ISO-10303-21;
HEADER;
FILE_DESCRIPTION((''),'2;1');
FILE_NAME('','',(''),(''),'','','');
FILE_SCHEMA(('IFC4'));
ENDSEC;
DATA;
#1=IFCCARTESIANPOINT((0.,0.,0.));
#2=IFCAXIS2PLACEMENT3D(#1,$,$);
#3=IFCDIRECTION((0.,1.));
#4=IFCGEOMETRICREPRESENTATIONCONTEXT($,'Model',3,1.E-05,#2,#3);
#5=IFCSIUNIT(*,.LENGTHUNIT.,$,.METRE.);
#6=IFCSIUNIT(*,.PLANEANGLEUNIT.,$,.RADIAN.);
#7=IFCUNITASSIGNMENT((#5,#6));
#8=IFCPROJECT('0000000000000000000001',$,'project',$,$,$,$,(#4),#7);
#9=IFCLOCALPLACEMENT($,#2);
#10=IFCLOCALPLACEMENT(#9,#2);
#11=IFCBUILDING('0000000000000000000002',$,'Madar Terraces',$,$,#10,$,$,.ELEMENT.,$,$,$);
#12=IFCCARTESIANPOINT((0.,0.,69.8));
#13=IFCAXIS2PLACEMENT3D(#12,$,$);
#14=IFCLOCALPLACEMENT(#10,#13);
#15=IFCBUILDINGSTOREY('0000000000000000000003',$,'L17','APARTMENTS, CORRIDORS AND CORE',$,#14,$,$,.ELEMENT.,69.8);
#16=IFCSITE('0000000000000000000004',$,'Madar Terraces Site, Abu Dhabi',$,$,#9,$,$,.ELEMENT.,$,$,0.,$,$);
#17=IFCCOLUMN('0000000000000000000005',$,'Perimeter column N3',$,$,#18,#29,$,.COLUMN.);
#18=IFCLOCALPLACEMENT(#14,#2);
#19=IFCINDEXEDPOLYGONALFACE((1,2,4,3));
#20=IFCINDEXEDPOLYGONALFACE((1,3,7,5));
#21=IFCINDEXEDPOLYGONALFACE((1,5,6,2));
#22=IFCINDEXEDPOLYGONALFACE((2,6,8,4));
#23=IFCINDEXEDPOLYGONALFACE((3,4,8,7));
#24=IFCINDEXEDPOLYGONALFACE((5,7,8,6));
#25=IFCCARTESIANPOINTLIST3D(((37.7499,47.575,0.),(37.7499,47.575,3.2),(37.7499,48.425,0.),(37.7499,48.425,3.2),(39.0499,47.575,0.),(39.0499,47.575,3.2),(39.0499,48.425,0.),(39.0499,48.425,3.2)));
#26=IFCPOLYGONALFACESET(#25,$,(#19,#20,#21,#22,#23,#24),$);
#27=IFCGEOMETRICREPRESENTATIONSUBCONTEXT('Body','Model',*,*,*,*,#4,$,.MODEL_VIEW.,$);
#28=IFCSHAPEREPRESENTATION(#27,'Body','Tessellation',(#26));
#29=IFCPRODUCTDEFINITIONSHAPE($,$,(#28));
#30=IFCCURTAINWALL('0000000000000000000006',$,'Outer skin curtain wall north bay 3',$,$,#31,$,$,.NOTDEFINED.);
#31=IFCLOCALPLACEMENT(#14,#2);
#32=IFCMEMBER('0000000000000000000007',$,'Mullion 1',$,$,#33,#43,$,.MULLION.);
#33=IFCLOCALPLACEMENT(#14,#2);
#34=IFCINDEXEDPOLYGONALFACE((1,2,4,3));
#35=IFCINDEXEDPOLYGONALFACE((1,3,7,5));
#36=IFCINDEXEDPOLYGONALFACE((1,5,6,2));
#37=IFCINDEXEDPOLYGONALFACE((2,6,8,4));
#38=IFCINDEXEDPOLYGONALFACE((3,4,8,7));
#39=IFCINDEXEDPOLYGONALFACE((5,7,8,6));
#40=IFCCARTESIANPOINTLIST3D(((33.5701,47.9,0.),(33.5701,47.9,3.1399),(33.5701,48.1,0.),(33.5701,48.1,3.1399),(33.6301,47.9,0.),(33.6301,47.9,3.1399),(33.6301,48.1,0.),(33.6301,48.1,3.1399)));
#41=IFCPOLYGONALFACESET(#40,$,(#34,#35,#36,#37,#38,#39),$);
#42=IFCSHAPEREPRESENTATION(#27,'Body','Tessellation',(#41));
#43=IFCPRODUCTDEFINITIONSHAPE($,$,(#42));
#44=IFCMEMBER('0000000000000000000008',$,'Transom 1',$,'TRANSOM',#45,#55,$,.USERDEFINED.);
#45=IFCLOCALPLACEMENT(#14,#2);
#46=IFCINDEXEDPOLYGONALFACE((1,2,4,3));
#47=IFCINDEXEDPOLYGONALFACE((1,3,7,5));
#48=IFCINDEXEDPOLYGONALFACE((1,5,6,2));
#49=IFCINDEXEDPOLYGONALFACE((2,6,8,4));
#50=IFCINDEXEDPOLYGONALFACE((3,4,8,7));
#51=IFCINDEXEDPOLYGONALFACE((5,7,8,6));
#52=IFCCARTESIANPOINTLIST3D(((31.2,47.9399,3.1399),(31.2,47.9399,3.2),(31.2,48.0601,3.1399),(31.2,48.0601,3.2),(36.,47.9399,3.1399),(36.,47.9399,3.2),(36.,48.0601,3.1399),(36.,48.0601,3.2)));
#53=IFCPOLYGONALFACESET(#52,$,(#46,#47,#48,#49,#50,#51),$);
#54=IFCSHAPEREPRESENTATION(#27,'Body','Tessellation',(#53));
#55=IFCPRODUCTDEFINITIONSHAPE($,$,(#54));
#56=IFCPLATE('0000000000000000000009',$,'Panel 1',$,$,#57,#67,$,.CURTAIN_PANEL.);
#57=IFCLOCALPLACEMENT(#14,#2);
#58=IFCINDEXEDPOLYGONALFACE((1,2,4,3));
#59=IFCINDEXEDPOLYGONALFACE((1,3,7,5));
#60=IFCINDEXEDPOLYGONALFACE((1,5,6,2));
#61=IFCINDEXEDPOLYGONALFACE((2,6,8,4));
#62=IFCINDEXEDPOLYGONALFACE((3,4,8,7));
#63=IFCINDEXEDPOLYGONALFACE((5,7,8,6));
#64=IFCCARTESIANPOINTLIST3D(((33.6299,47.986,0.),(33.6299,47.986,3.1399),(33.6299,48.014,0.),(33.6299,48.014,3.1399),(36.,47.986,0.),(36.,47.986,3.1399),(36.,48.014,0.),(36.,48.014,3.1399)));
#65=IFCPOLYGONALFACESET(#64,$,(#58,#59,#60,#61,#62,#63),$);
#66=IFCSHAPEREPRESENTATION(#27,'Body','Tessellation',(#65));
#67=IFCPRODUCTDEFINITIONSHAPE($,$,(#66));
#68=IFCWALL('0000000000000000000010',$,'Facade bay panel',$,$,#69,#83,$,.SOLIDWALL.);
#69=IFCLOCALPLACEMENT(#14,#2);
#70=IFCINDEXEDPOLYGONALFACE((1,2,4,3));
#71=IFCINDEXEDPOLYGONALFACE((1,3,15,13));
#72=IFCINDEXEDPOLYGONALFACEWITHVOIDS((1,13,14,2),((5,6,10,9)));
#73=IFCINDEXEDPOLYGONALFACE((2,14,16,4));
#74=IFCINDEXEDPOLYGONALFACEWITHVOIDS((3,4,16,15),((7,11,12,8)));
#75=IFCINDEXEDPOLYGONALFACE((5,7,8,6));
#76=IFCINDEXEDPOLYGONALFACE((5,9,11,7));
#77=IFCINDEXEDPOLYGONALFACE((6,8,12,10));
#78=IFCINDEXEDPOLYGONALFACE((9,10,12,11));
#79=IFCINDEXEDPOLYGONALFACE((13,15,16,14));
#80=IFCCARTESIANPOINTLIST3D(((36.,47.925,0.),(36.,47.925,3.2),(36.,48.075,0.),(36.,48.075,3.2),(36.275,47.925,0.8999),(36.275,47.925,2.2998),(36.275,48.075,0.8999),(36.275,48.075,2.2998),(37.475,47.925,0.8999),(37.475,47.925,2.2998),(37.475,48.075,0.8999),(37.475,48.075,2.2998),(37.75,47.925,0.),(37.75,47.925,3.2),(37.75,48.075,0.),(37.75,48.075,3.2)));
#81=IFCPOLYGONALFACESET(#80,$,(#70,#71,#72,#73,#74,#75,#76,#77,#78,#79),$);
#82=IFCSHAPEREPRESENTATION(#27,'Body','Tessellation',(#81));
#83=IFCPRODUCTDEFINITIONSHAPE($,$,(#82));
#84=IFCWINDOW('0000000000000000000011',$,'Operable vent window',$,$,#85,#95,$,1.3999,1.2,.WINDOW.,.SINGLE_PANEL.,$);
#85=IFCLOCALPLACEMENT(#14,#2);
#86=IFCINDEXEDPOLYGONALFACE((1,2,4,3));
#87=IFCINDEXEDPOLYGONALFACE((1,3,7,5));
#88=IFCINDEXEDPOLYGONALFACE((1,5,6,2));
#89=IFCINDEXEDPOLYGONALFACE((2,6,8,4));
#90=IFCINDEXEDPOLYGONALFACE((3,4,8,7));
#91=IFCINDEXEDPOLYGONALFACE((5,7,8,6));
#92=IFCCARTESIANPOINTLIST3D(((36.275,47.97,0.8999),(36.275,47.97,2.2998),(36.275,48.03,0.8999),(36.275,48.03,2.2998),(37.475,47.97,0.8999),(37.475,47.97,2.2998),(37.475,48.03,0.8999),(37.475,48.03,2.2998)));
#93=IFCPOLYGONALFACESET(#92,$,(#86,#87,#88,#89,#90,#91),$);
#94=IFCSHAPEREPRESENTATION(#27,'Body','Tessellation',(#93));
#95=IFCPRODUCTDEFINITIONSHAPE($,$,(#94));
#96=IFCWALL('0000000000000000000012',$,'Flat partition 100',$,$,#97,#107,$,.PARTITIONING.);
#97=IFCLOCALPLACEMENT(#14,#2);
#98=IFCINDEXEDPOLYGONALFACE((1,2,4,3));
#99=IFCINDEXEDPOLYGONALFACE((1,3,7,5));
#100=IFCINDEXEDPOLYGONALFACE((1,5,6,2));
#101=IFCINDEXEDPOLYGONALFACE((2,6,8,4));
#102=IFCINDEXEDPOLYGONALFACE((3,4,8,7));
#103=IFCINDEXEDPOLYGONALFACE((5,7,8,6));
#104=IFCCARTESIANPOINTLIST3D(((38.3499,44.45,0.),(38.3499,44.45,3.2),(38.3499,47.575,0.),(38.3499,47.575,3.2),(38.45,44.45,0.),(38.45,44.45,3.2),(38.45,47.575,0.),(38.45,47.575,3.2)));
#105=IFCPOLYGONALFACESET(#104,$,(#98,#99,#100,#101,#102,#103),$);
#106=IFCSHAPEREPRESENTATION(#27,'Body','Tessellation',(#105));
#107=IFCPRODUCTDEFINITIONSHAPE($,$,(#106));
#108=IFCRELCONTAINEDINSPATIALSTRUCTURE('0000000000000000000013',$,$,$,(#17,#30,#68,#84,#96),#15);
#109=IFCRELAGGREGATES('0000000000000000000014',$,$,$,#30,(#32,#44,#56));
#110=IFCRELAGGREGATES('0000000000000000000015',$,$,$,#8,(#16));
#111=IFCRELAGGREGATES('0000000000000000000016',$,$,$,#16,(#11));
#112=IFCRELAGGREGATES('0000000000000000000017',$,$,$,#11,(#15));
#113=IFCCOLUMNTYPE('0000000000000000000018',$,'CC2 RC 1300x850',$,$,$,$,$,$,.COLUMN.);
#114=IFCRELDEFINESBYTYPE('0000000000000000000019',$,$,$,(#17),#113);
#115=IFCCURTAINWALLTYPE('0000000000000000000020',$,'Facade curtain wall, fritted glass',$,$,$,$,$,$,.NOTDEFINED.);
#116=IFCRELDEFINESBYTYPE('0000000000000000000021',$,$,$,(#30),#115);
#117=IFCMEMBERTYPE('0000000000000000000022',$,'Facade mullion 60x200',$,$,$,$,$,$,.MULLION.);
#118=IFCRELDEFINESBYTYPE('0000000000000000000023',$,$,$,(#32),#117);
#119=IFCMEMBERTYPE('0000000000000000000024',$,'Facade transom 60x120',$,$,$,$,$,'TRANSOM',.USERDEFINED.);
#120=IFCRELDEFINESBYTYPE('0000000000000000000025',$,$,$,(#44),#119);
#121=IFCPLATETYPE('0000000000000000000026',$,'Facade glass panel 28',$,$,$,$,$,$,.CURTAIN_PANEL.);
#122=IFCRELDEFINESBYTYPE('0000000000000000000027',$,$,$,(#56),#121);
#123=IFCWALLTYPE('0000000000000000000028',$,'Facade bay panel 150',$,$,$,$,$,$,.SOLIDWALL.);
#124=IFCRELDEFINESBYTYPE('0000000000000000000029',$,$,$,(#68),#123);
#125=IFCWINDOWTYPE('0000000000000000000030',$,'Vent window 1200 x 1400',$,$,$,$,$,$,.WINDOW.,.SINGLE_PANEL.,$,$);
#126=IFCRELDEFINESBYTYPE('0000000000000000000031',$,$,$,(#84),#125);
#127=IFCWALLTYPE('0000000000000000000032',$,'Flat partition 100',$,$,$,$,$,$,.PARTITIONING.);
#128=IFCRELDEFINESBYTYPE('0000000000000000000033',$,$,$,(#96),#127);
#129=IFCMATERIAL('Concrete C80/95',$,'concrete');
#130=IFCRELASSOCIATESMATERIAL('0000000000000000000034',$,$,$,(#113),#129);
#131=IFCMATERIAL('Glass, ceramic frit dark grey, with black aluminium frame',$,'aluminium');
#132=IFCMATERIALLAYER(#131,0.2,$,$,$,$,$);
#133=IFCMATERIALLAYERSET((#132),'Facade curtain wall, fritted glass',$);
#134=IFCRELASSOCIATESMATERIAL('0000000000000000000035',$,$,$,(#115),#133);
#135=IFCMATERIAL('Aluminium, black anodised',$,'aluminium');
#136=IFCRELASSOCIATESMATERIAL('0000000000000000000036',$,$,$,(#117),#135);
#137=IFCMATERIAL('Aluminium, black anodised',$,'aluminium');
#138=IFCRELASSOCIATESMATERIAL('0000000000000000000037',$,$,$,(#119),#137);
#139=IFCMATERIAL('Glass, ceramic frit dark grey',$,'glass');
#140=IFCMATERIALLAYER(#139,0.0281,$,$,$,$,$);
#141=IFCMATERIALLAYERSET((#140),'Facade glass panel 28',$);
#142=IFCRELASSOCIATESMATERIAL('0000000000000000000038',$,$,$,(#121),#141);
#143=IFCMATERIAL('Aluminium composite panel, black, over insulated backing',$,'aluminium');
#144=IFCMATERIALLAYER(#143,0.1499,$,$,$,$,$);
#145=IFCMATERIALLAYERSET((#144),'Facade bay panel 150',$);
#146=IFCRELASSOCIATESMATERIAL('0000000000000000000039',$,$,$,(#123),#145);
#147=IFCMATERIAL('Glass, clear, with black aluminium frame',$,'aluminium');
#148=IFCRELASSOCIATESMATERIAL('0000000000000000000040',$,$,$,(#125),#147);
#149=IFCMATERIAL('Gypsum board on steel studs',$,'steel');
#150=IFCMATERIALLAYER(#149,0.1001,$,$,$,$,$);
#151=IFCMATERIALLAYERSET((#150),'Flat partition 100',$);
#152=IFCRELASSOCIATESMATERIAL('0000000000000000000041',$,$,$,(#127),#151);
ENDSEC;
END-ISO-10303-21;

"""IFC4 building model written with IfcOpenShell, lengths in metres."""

from ifc_helpers import new_model, si_unit, direction, frame, frame_2d, origin, origin_2d, place, context, subcontext, project, spatial, rectangle, extrude, material, layer, layer_set, material_profile, profile_set, type_object, element, fill, aggregate, save


model = new_model("IFC4")

# Units and contexts
model_context = context("Model", 3, precision=1e-05, world=origin(), true_north=direction((0.0, 1.0)))
body_context = subcontext(model_context, "Body", "Model", "MODEL_VIEW")
ifc_project = project(units=[si_unit("LENGTHUNIT", "METRE"), si_unit("PLANEANGLEUNIT", "RADIAN")], contexts=[model_context])

# Site, building, storey
site_placement = place(None, origin())
site = spatial("IfcSite", under=ifc_project, at=site_placement, Name="Madar Terraces Site, Abu Dhabi", CompositionType="ELEMENT", RefElevation=0.0)
building_placement = place(site_placement, origin())
building = spatial("IfcBuilding", under=site, at=building_placement, Name="Madar Terraces", CompositionType="ELEMENT")
storey_placement = place(building_placement, frame((0.0, 0.0, 69.8)))
storey = spatial("IfcBuildingStorey", under=building, at=storey_placement, Name="L17", Description="APARTMENTS, CORRIDORS AND CORE", CompositionType="ELEMENT", Elevation=69.8)

# Column
ifc_material_1 = material(Name="Concrete C80/95", Category="concrete")
ifc_material_profile_1 = material_profile(ifc_material_1, rectangle(XDim=1.3, YDim=0.8501, at=origin_2d()), Name="CC2 RC 1300x850")
ifc_profile_set_1 = profile_set([ifc_material_profile_1], Name="Concrete C80/95")
column_type = type_object("IfcColumnType", Name="CC2 RC 1300x850", PredefinedType="COLUMN", material=ifc_profile_set_1)
column_placement = place(storey_placement, frame((38.3999, 48.0, 0.0), z_axis=(0.0, 0.0, 1.0), x_axis=(1.0, 0.0, 0.0)))
element("IfcColumn", 1, at=column_placement, inside=storey, type_object=column_type, Name="Perimeter column N3", PredefinedType="COLUMN", context=body_context, shape_type="SweptSolid", body=[
    extrude(rectangle(XDim=1.3, YDim=0.8501, at=origin_2d()), origin(), (0.0, 0.0, 1.0), 3.2),
])

# Curtain wall, members, plate
ifc_material_2 = material(Name="Glass, ceramic frit dark grey, with black aluminium frame", Category="aluminium")
ifc_layer_1 = layer(ifc_material_2, 0.2)
ifc_layer_set_1 = layer_set([ifc_layer_1], Name="Facade curtain wall, fritted glass")
curtain_wall_type = type_object("IfcCurtainWallType", Name="Facade curtain wall, fritted glass", PredefinedType="NOTDEFINED", material=ifc_layer_set_1)
curtain_wall_placement = place(storey_placement, origin())
curtain_wall = element("IfcCurtainWall", 2, at=curtain_wall_placement, inside=storey, type_object=curtain_wall_type, Name="Outer skin curtain wall north bay 3", PredefinedType="NOTDEFINED")
ifc_material_3 = material(Name="Aluminium, black anodised", Category="aluminium")
ifc_material_profile_2 = material_profile(ifc_material_3, rectangle(XDim=0.2, YDim=0.0601, at=origin_2d()), Name="Facade mullion 60x200")
ifc_profile_set_2 = profile_set([ifc_material_profile_2], Name="Aluminium, black anodised")
member_type_1 = type_object("IfcMemberType", Name="Facade mullion 60x200", PredefinedType="MULLION", material=ifc_profile_set_2)
member_1_placement = place(storey_placement, frame((33.6001, 48.0, 0.0), z_axis=(0.0, 0.0, 1.0), x_axis=(0.0, -1.0, 0.0)))
member_1 = element("IfcMember", 3, at=member_1_placement, type_object=member_type_1, Name="Mullion 1", PredefinedType="MULLION", context=body_context, shape_type="SweptSolid", body=[
    extrude(rectangle(XDim=0.2, YDim=0.0601, at=origin_2d()), origin(), (0.0, 0.0, 1.0), 3.1399),
])
ifc_material_4 = material(Name="Aluminium, black anodised", Category="aluminium")
ifc_material_profile_3 = material_profile(ifc_material_4, rectangle(XDim=0.1201, YDim=0.0601, at=origin_2d()), Name="Facade transom 60x120")
ifc_profile_set_3 = profile_set([ifc_material_profile_3], Name="Aluminium, black anodised")
member_type_2 = type_object("IfcMemberType", Name="Facade transom 60x120", ElementType="TRANSOM", PredefinedType="USERDEFINED", material=ifc_profile_set_3)
member_2_placement = place(storey_placement, frame((36.0, 48.0, 3.1699), z_axis=(-1.0, 0.0, 0.0), x_axis=(0.0, -1.0, 0.0)))
member_2 = element("IfcMember", 4, at=member_2_placement, type_object=member_type_2, Name="Transom 1", ObjectType="TRANSOM", PredefinedType="USERDEFINED", context=body_context, shape_type="SweptSolid", body=[
    extrude(rectangle(XDim=0.1201, YDim=0.0601, at=origin_2d()), origin(), (0.0, 0.0, 1.0), 4.8),
])
ifc_material_5 = material(Name="Glass, ceramic frit dark grey", Category="glass")
ifc_layer_2 = layer(ifc_material_5, 0.0281)
ifc_layer_set_2 = layer_set([ifc_layer_2], Name="Facade glass panel 28")
plate_type = type_object("IfcPlateType", Name="Facade glass panel 28", PredefinedType="CURTAIN_PANEL", material=ifc_layer_set_2)
plate_placement = place(storey_placement, frame((34.8149, 48.0, 0.0), z_axis=(0.0, 0.0, 1.0), x_axis=(-1.0, 0.0, 0.0)))
plate = element("IfcPlate", 5, at=plate_placement, type_object=plate_type, Name="Panel 1", PredefinedType="CURTAIN_PANEL", context=body_context, shape_type="SweptSolid", body=[
    extrude(rectangle(XDim=2.3701, YDim=0.0281, at=origin_2d()), origin(), (0.0, 0.0, 1.0), 3.1399),
])
aggregate(curtain_wall, [member_1, member_2, plate])

# Wall, opening, window
ifc_material_6 = material(Name="Aluminium composite panel, black, over insulated backing", Category="aluminium")
ifc_layer_3 = layer(ifc_material_6, 0.1499)
ifc_layer_set_3 = layer_set([ifc_layer_3], Name="Facade bay panel 150")
wall_type_1 = type_object("IfcWallType", Name="Facade bay panel 150", PredefinedType="SOLIDWALL", material=ifc_layer_set_3)
wall_1_placement = place(storey_placement, frame((37.75, 48.0, 0.0), z_axis=(0.0, 0.0, 1.0), x_axis=(-1.0, 0.0, 0.0)))
wall_1 = element("IfcWall", 6, at=wall_1_placement, inside=storey, type_object=wall_type_1, Name="Facade bay panel", PredefinedType="SOLIDWALL", context=body_context, shape_type="SweptSolid", body=[
    extrude(rectangle(XDim=1.75, YDim=0.1499, at=frame_2d((0.875, 0.0))), origin(), (0.0, 0.0, 1.0), 3.2),
])
opening_1_placement = place(wall_1_placement, frame((0.2749, 0.0, 0.8999)))
opening_1 = element("IfcOpeningElement", 7, at=opening_1_placement, cuts=wall_1, PredefinedType="OPENING", context=body_context, shape_type="SweptSolid", body=[
    extrude(rectangle(XDim=1.2, YDim=1.3999, at=frame_2d((0.6001, 0.7))), frame((0.0, 0.085, 0.0), z_axis=(0.0, -1.0, 0.0), x_axis=(1.0, 0.0, 0.0)), (0.0, 0.0, 1.0), 0.1699),
])
ifc_material_7 = material(Name="Glass, clear, with black aluminium frame", Category="aluminium")
window_type = type_object("IfcWindowType", Name="Vent window 1200 x 1400", PartitioningType="SINGLE_PANEL", PredefinedType="WINDOW", material=ifc_material_7)
window_placement = place(opening_1_placement, origin())
window = element("IfcWindow", 8, at=window_placement, inside=storey, type_object=window_type, Name="Operable vent window", OverallHeight=1.3999, OverallWidth=1.2, PartitioningType="SINGLE_PANEL", PredefinedType="WINDOW", context=body_context, shape_type="SweptSolid", body=[
    extrude(rectangle(XDim=1.2, YDim=1.3999, at=frame_2d((0.6001, 0.7))), frame((0.0, 0.03, 0.0), z_axis=(0.0, -1.0, 0.0), x_axis=(1.0, 0.0, 0.0)), (0.0, 0.0, 1.0), 0.0601),
])
fill(opening_1, window)

# Wall
ifc_material_8 = material(Name="Gypsum board on steel studs", Category="steel")
ifc_layer_4 = layer(ifc_material_8, 0.1001)
ifc_layer_set_4 = layer_set([ifc_layer_4], Name="Flat partition 100")
wall_type_2 = type_object("IfcWallType", Name="Flat partition 100", PredefinedType="PARTITIONING", material=ifc_layer_set_4)
wall_2_placement = place(storey_placement, frame((38.3999, 44.45, 0.0), z_axis=(0.0, 0.0, 1.0), x_axis=(0.0, 1.0, 0.0)))
element("IfcWall", 9, at=wall_2_placement, inside=storey, type_object=wall_type_2, Name="Flat partition 100", PredefinedType="PARTITIONING", context=body_context, shape_type="SweptSolid", body=[
    extrude(rectangle(XDim=3.125, YDim=0.1001, at=frame_2d((1.5625, 0.0))), origin(), (0.0, 0.0, 1.0), 3.2),
])

save(model, "model.ifc")
